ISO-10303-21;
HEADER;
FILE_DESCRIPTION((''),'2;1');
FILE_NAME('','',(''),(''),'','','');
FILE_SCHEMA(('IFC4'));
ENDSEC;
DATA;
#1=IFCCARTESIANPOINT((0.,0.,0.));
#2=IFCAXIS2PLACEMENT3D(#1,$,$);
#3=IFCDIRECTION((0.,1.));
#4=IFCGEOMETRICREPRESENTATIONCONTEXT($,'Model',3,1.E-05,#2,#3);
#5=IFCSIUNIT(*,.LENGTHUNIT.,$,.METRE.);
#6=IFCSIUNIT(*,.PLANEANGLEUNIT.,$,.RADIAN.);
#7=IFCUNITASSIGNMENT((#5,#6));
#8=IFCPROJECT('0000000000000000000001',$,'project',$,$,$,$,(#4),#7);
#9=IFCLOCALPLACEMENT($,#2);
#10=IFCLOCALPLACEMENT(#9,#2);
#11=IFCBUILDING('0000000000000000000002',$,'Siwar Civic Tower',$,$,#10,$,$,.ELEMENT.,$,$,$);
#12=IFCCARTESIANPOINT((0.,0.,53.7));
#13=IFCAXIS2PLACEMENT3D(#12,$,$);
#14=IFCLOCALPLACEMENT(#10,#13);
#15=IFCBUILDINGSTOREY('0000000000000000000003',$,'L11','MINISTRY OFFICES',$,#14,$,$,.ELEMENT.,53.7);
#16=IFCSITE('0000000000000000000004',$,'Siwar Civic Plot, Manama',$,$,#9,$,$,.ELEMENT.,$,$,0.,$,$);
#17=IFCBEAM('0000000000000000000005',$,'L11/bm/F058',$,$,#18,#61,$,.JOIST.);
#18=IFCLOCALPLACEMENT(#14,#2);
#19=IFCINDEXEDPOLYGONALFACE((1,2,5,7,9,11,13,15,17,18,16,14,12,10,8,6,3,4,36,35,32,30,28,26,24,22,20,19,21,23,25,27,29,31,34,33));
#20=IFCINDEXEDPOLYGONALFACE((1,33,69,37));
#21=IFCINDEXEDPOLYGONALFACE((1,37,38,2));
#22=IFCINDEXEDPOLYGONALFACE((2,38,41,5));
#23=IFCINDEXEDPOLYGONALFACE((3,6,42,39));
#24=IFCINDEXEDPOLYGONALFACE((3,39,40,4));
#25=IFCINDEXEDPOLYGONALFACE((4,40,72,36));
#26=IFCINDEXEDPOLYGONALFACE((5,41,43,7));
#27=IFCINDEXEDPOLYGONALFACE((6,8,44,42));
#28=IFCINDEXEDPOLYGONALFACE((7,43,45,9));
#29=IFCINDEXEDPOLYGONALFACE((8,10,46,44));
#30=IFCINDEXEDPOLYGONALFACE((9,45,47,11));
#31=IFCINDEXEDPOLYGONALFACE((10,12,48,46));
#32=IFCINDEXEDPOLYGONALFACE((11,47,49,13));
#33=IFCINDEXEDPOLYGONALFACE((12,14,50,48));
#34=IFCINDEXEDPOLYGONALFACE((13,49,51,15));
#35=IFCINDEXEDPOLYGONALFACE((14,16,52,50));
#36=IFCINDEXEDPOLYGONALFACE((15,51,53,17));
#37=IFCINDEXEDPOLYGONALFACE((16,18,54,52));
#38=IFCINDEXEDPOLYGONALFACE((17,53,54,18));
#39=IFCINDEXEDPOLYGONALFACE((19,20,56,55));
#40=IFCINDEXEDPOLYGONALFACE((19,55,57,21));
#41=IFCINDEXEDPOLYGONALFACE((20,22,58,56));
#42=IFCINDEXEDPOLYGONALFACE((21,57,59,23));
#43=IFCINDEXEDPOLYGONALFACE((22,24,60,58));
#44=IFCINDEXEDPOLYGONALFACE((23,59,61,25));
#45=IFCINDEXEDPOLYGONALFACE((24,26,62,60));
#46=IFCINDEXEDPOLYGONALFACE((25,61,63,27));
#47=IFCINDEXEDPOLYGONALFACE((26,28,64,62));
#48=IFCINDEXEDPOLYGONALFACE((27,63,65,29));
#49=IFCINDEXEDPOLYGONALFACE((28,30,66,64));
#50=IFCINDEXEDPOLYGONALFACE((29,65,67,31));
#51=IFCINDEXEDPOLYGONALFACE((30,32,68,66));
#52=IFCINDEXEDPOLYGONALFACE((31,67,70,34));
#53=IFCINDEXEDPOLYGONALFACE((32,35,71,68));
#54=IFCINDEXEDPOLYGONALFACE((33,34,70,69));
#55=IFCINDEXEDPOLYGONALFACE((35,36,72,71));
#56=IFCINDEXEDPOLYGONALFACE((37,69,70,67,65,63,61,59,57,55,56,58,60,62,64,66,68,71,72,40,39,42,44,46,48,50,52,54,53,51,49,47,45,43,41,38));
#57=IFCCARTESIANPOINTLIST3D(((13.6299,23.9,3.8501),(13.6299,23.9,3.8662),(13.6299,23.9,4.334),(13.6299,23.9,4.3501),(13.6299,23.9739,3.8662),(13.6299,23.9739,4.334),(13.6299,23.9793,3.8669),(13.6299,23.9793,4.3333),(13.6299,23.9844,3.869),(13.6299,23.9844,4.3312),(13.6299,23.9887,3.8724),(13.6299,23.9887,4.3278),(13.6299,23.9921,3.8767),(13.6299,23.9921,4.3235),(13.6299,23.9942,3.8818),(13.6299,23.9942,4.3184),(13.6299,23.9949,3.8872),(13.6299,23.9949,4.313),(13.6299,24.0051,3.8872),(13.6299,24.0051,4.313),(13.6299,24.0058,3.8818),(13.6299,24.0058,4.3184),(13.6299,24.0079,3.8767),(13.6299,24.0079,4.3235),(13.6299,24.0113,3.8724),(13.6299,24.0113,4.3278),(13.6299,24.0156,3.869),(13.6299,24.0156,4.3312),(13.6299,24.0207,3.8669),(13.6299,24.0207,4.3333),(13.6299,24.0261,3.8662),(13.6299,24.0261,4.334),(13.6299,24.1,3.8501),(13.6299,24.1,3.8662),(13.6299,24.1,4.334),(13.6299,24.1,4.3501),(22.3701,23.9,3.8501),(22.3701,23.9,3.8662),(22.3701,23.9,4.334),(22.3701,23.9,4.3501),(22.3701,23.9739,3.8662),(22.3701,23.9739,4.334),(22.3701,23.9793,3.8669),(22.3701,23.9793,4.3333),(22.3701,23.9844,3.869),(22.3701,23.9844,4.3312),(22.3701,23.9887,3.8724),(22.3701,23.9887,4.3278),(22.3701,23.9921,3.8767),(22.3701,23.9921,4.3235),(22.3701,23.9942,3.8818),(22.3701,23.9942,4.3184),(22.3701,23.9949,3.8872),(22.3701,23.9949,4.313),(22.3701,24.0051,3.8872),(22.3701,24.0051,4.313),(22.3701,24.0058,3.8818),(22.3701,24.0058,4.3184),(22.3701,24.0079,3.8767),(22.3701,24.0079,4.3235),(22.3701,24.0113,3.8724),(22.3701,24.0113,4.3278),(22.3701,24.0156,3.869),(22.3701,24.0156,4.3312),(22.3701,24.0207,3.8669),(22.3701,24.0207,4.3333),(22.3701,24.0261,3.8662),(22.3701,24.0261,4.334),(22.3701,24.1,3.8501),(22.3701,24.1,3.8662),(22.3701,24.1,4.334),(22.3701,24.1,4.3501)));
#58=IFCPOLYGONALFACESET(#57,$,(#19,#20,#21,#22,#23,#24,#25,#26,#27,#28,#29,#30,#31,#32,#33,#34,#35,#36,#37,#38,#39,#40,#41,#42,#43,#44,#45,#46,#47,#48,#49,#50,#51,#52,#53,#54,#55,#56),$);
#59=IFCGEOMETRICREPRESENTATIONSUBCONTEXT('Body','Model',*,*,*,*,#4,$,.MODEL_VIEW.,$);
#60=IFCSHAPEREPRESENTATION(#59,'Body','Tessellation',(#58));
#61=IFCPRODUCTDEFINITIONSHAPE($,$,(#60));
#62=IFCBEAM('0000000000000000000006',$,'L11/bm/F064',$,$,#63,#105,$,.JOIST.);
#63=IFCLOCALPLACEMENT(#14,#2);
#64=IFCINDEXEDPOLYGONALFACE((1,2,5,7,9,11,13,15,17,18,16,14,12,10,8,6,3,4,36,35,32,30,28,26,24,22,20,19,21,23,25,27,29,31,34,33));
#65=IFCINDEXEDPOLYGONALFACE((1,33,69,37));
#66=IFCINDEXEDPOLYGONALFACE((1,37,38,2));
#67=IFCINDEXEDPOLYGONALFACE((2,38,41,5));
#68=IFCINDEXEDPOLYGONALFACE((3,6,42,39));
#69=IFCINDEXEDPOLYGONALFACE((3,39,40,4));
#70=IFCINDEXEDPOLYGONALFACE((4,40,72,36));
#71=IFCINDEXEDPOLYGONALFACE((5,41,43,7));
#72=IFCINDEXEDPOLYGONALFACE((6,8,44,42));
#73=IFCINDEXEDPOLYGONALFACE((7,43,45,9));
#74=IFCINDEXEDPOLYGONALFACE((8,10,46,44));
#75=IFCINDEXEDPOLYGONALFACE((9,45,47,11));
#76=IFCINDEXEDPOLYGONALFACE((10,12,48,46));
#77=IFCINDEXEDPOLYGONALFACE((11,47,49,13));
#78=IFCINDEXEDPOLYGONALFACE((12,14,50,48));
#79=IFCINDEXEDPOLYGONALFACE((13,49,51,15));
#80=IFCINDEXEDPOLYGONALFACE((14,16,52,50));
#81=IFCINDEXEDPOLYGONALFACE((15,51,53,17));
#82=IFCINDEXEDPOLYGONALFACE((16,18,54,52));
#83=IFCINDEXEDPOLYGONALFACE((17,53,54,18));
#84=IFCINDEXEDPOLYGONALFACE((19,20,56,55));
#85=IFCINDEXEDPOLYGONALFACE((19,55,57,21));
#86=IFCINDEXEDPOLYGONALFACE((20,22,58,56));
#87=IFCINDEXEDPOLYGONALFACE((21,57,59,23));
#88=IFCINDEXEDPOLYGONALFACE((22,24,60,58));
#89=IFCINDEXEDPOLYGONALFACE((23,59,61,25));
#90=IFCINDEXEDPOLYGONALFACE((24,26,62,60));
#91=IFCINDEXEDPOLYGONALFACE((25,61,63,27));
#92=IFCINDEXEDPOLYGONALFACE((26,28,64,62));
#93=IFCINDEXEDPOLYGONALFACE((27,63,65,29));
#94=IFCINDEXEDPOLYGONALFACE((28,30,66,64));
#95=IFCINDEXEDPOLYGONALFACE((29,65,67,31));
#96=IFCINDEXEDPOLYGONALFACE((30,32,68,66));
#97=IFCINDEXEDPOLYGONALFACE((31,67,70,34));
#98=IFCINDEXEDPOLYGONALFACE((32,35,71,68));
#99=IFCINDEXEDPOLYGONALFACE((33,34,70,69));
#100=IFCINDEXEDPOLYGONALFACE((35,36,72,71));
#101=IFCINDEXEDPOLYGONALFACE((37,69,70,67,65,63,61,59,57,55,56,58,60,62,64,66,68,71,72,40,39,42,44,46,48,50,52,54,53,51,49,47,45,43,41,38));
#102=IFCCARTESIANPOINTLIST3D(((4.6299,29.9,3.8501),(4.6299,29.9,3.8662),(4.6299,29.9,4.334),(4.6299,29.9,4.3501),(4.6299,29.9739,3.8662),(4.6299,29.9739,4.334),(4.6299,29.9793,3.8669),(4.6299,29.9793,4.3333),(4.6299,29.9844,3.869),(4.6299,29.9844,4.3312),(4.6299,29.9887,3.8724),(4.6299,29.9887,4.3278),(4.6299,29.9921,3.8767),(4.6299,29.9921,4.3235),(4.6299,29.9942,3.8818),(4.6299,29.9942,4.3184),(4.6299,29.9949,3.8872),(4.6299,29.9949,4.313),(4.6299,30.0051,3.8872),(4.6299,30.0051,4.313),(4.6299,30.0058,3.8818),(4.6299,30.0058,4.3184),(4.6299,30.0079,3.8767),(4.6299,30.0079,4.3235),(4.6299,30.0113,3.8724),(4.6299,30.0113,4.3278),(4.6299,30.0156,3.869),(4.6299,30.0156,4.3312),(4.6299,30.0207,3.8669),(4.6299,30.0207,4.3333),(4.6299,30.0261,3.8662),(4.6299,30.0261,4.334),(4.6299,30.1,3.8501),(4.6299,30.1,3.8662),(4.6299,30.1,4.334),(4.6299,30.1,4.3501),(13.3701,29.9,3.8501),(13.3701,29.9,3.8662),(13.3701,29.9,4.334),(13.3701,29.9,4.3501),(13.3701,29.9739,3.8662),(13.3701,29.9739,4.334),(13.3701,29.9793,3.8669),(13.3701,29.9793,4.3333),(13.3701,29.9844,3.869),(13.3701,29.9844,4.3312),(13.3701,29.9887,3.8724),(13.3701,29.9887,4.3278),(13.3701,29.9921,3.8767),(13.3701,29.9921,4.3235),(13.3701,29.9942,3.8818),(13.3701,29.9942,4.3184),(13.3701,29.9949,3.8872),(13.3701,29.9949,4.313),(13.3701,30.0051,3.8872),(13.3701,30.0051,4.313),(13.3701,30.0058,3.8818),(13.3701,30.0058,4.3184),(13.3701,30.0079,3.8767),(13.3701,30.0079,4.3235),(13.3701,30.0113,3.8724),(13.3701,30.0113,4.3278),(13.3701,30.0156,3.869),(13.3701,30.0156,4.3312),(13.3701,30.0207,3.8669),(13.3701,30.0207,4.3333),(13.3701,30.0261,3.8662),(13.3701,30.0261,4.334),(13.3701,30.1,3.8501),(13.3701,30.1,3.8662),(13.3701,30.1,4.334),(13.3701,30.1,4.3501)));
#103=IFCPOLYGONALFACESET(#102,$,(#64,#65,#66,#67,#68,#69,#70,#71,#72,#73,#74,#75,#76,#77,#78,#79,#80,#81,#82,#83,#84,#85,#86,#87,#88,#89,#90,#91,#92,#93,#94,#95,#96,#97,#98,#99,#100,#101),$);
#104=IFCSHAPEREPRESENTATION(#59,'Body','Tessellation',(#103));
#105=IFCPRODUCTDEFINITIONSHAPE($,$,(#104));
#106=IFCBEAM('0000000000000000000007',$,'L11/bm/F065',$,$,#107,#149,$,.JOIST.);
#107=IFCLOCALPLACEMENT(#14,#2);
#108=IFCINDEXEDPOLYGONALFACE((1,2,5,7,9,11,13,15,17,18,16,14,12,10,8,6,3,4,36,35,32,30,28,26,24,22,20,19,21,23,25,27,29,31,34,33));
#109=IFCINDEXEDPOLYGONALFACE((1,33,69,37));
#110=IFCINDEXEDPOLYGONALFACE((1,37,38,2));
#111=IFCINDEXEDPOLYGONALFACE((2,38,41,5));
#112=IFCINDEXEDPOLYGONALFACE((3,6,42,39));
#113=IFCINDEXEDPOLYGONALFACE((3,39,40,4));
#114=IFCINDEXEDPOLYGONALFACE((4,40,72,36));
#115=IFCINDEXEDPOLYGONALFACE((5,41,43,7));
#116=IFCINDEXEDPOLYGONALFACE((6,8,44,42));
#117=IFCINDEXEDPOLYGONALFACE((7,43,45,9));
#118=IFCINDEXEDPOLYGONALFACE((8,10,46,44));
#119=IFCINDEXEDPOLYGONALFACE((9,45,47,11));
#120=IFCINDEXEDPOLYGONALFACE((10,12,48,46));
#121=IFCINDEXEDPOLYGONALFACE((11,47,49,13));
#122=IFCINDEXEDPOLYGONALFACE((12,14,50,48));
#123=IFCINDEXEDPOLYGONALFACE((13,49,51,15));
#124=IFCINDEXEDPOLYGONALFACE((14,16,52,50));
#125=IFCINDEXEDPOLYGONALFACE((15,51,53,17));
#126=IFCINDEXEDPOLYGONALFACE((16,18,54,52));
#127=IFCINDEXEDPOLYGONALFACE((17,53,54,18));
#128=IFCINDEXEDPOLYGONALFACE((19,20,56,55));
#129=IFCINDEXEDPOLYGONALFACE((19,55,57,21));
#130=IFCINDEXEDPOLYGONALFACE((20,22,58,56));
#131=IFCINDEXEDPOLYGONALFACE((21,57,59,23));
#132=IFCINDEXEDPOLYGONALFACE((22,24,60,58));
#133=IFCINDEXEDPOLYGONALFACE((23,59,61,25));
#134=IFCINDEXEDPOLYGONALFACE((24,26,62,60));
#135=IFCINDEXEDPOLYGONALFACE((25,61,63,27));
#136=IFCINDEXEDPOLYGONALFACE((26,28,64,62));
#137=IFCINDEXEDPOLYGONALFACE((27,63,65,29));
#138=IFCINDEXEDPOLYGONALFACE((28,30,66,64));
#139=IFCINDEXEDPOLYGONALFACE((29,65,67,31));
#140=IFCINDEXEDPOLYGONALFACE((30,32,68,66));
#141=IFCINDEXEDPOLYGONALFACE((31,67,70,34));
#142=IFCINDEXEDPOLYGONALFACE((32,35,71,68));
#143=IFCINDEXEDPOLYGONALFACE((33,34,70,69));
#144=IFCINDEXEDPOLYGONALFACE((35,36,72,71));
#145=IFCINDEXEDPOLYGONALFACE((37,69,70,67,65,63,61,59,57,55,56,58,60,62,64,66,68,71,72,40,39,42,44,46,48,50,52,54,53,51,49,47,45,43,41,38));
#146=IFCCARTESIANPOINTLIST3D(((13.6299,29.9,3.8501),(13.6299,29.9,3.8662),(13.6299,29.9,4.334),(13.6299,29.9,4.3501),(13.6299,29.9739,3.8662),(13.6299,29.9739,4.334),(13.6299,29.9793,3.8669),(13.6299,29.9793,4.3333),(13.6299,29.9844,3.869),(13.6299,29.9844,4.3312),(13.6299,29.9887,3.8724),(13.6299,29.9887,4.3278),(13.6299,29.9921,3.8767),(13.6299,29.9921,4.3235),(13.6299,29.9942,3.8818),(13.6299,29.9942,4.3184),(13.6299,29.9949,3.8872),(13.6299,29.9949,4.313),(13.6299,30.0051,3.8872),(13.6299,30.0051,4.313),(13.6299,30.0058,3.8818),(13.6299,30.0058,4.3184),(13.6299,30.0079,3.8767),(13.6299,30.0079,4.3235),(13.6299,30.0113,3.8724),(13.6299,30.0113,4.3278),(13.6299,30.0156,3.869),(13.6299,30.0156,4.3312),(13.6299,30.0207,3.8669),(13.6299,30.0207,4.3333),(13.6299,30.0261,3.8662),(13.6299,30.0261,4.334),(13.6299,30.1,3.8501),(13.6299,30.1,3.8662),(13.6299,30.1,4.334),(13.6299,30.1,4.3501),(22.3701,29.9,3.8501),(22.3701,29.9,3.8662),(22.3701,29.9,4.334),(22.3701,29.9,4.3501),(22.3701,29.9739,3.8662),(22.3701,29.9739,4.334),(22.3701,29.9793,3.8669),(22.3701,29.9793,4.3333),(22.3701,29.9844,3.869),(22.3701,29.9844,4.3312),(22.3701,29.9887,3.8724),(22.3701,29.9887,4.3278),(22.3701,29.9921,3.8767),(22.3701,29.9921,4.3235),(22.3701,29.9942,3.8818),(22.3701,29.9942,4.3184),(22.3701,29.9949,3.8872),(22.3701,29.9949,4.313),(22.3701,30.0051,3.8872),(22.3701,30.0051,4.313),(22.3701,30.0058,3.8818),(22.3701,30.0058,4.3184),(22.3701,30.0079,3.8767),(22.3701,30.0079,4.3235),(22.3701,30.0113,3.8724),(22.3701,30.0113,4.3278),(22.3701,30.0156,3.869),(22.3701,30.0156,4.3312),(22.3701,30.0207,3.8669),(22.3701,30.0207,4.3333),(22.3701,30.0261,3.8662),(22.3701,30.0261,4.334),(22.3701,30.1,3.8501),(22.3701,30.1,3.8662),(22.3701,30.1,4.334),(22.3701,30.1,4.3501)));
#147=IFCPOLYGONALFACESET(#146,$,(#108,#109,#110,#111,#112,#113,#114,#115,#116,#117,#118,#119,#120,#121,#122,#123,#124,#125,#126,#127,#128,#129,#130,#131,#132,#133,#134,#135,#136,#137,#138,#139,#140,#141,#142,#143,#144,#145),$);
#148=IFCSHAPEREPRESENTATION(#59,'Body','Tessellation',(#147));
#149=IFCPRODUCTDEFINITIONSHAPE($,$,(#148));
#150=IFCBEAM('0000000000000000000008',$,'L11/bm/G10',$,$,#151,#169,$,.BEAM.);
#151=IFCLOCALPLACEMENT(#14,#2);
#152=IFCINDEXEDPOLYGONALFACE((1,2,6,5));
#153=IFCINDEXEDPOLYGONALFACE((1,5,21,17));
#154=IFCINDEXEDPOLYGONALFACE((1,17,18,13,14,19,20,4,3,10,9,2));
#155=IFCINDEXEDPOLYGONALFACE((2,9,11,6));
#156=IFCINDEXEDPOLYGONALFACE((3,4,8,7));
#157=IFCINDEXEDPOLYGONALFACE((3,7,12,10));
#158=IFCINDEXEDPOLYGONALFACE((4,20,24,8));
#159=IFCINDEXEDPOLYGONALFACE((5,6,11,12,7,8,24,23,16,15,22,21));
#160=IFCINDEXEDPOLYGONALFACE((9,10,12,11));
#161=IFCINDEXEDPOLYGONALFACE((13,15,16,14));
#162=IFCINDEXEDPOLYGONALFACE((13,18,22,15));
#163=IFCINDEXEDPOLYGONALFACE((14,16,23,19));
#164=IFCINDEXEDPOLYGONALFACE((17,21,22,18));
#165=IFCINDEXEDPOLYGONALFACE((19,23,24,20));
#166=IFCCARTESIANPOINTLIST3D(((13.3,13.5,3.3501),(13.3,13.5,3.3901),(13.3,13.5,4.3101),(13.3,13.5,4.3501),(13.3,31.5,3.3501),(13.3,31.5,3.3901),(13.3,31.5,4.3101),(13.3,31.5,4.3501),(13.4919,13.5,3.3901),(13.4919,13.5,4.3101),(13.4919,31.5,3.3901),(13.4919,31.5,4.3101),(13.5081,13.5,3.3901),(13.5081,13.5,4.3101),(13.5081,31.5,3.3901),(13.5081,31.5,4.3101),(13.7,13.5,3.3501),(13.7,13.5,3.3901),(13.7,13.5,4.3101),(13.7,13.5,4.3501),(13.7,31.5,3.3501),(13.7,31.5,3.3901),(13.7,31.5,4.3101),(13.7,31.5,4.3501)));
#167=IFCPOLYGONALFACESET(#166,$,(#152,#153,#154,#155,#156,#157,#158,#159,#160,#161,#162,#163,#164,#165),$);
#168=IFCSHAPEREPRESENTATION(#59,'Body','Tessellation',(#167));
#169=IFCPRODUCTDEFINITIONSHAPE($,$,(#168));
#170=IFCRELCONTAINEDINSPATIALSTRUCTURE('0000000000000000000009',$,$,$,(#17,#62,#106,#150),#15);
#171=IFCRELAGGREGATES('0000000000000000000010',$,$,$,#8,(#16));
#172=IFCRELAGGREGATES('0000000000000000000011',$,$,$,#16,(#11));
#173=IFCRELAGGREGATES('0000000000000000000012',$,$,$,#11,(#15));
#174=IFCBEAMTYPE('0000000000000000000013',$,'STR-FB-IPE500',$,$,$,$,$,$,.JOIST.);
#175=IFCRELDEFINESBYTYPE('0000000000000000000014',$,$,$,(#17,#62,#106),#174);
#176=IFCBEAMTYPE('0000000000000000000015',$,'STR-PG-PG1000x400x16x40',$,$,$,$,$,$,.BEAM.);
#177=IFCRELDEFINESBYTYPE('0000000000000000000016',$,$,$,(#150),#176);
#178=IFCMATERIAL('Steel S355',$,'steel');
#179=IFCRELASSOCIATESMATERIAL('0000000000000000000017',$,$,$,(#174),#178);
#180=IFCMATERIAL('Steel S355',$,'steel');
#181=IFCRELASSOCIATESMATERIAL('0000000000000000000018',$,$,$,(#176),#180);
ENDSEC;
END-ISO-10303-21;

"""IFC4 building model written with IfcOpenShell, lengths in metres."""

from ifc_helpers import new_model, si_unit, direction, frame, origin, origin_2d, place, context, subcontext, project, spatial, i_section, extrude, material, material_profile, profile_set, type_object, element, save


model = new_model("IFC4")

# Units and contexts
model_context = context("Model", 3, precision=1e-05, world=origin(), true_north=direction((0.0, 1.0)))
body_context = subcontext(model_context, "Body", "Model", "MODEL_VIEW")
ifc_project = project(units=[si_unit("LENGTHUNIT", "METRE"), si_unit("PLANEANGLEUNIT", "RADIAN")], contexts=[model_context])

# Site, building, storey
site_placement = place(None, origin())
site = spatial("IfcSite", under=ifc_project, at=site_placement, Name="Siwar Civic Plot, Manama", CompositionType="ELEMENT", RefElevation=0.0)
building_placement = place(site_placement, origin())
building = spatial("IfcBuilding", under=site, at=building_placement, Name="Siwar Civic Tower", CompositionType="ELEMENT")
storey_placement = place(building_placement, frame((0.0, 0.0, 53.7)))
storey = spatial("IfcBuildingStorey", under=building, at=storey_placement, Name="L11", Description="MINISTRY OFFICES", CompositionType="ELEMENT", Elevation=53.7)

# Beams
ifc_material_1 = material(Name="Steel S355", Category="steel")
ifc_material_profile_1 = material_profile(ifc_material_1, i_section(OverallWidth=0.2, OverallDepth=0.5, WebThickness=0.0103, FlangeThickness=0.0161, FilletRadius=0.021, at=origin_2d()), Name="IPE500")
ifc_profile_set_1 = profile_set([ifc_material_profile_1], Name="Steel S355")
beam_type_1 = type_object("IfcBeamType", Name="STR-FB-IPE500", PredefinedType="JOIST", material=ifc_profile_set_1)
for number, where, z_axis, x_axis, name in (
    (1, (13.6299, 24.0, 4.1001), (1.0, 0.0, 0.0), (0.0, 1.0, 0.0), "L11/bm/F058"),
    (2, (4.6299, 30.0, 4.1001), (1.0, 0.0, 0.0), (0.0, 1.0, 0.0), "L11/bm/F064"),
    (3, (13.6299, 30.0, 4.1001), (1.0, 0.0, 0.0), (0.0, 1.0, 0.0), "L11/bm/F065"),
):
    element("IfcBeam", number, at=place(storey_placement, frame(where, z_axis=z_axis, x_axis=x_axis)), inside=storey, type_object=beam_type_1, Name=name, PredefinedType="JOIST", context=body_context, shape_type="SweptSolid", body=[
        extrude(i_section(OverallWidth=0.2, OverallDepth=0.5, WebThickness=0.0103, FlangeThickness=0.0161, FilletRadius=0.021, at=origin_2d()), origin(), (0.0, 0.0, 1.0), 8.7402),
    ])
ifc_material_2 = material(Name="Steel S355", Category="steel")
ifc_material_profile_2 = material_profile(ifc_material_2, i_section(OverallWidth=0.3999, OverallDepth=1.0, WebThickness=0.0161, FlangeThickness=0.04, at=origin_2d()), Name="PG1000x400x16x40")
ifc_profile_set_2 = profile_set([ifc_material_profile_2], Name="Steel S355")
beam_type_2 = type_object("IfcBeamType", Name="STR-PG-PG1000x400x16x40", PredefinedType="BEAM", material=ifc_profile_set_2)
beam_1_placement = place(storey_placement, frame((13.5, 13.5, 3.8501), z_axis=(0.0, 1.0, 0.0), x_axis=(-1.0, 0.0, 0.0)))
element("IfcBeam", 4, at=beam_1_placement, inside=storey, type_object=beam_type_2, Name="L11/bm/G10", PredefinedType="BEAM", context=body_context, shape_type="SweptSolid", body=[
    extrude(i_section(OverallWidth=0.3999, OverallDepth=1.0, WebThickness=0.0161, FlangeThickness=0.04, at=origin_2d()), origin(), (0.0, 0.0, 1.0), 18.0),
])

save(model, "model.ifc")
